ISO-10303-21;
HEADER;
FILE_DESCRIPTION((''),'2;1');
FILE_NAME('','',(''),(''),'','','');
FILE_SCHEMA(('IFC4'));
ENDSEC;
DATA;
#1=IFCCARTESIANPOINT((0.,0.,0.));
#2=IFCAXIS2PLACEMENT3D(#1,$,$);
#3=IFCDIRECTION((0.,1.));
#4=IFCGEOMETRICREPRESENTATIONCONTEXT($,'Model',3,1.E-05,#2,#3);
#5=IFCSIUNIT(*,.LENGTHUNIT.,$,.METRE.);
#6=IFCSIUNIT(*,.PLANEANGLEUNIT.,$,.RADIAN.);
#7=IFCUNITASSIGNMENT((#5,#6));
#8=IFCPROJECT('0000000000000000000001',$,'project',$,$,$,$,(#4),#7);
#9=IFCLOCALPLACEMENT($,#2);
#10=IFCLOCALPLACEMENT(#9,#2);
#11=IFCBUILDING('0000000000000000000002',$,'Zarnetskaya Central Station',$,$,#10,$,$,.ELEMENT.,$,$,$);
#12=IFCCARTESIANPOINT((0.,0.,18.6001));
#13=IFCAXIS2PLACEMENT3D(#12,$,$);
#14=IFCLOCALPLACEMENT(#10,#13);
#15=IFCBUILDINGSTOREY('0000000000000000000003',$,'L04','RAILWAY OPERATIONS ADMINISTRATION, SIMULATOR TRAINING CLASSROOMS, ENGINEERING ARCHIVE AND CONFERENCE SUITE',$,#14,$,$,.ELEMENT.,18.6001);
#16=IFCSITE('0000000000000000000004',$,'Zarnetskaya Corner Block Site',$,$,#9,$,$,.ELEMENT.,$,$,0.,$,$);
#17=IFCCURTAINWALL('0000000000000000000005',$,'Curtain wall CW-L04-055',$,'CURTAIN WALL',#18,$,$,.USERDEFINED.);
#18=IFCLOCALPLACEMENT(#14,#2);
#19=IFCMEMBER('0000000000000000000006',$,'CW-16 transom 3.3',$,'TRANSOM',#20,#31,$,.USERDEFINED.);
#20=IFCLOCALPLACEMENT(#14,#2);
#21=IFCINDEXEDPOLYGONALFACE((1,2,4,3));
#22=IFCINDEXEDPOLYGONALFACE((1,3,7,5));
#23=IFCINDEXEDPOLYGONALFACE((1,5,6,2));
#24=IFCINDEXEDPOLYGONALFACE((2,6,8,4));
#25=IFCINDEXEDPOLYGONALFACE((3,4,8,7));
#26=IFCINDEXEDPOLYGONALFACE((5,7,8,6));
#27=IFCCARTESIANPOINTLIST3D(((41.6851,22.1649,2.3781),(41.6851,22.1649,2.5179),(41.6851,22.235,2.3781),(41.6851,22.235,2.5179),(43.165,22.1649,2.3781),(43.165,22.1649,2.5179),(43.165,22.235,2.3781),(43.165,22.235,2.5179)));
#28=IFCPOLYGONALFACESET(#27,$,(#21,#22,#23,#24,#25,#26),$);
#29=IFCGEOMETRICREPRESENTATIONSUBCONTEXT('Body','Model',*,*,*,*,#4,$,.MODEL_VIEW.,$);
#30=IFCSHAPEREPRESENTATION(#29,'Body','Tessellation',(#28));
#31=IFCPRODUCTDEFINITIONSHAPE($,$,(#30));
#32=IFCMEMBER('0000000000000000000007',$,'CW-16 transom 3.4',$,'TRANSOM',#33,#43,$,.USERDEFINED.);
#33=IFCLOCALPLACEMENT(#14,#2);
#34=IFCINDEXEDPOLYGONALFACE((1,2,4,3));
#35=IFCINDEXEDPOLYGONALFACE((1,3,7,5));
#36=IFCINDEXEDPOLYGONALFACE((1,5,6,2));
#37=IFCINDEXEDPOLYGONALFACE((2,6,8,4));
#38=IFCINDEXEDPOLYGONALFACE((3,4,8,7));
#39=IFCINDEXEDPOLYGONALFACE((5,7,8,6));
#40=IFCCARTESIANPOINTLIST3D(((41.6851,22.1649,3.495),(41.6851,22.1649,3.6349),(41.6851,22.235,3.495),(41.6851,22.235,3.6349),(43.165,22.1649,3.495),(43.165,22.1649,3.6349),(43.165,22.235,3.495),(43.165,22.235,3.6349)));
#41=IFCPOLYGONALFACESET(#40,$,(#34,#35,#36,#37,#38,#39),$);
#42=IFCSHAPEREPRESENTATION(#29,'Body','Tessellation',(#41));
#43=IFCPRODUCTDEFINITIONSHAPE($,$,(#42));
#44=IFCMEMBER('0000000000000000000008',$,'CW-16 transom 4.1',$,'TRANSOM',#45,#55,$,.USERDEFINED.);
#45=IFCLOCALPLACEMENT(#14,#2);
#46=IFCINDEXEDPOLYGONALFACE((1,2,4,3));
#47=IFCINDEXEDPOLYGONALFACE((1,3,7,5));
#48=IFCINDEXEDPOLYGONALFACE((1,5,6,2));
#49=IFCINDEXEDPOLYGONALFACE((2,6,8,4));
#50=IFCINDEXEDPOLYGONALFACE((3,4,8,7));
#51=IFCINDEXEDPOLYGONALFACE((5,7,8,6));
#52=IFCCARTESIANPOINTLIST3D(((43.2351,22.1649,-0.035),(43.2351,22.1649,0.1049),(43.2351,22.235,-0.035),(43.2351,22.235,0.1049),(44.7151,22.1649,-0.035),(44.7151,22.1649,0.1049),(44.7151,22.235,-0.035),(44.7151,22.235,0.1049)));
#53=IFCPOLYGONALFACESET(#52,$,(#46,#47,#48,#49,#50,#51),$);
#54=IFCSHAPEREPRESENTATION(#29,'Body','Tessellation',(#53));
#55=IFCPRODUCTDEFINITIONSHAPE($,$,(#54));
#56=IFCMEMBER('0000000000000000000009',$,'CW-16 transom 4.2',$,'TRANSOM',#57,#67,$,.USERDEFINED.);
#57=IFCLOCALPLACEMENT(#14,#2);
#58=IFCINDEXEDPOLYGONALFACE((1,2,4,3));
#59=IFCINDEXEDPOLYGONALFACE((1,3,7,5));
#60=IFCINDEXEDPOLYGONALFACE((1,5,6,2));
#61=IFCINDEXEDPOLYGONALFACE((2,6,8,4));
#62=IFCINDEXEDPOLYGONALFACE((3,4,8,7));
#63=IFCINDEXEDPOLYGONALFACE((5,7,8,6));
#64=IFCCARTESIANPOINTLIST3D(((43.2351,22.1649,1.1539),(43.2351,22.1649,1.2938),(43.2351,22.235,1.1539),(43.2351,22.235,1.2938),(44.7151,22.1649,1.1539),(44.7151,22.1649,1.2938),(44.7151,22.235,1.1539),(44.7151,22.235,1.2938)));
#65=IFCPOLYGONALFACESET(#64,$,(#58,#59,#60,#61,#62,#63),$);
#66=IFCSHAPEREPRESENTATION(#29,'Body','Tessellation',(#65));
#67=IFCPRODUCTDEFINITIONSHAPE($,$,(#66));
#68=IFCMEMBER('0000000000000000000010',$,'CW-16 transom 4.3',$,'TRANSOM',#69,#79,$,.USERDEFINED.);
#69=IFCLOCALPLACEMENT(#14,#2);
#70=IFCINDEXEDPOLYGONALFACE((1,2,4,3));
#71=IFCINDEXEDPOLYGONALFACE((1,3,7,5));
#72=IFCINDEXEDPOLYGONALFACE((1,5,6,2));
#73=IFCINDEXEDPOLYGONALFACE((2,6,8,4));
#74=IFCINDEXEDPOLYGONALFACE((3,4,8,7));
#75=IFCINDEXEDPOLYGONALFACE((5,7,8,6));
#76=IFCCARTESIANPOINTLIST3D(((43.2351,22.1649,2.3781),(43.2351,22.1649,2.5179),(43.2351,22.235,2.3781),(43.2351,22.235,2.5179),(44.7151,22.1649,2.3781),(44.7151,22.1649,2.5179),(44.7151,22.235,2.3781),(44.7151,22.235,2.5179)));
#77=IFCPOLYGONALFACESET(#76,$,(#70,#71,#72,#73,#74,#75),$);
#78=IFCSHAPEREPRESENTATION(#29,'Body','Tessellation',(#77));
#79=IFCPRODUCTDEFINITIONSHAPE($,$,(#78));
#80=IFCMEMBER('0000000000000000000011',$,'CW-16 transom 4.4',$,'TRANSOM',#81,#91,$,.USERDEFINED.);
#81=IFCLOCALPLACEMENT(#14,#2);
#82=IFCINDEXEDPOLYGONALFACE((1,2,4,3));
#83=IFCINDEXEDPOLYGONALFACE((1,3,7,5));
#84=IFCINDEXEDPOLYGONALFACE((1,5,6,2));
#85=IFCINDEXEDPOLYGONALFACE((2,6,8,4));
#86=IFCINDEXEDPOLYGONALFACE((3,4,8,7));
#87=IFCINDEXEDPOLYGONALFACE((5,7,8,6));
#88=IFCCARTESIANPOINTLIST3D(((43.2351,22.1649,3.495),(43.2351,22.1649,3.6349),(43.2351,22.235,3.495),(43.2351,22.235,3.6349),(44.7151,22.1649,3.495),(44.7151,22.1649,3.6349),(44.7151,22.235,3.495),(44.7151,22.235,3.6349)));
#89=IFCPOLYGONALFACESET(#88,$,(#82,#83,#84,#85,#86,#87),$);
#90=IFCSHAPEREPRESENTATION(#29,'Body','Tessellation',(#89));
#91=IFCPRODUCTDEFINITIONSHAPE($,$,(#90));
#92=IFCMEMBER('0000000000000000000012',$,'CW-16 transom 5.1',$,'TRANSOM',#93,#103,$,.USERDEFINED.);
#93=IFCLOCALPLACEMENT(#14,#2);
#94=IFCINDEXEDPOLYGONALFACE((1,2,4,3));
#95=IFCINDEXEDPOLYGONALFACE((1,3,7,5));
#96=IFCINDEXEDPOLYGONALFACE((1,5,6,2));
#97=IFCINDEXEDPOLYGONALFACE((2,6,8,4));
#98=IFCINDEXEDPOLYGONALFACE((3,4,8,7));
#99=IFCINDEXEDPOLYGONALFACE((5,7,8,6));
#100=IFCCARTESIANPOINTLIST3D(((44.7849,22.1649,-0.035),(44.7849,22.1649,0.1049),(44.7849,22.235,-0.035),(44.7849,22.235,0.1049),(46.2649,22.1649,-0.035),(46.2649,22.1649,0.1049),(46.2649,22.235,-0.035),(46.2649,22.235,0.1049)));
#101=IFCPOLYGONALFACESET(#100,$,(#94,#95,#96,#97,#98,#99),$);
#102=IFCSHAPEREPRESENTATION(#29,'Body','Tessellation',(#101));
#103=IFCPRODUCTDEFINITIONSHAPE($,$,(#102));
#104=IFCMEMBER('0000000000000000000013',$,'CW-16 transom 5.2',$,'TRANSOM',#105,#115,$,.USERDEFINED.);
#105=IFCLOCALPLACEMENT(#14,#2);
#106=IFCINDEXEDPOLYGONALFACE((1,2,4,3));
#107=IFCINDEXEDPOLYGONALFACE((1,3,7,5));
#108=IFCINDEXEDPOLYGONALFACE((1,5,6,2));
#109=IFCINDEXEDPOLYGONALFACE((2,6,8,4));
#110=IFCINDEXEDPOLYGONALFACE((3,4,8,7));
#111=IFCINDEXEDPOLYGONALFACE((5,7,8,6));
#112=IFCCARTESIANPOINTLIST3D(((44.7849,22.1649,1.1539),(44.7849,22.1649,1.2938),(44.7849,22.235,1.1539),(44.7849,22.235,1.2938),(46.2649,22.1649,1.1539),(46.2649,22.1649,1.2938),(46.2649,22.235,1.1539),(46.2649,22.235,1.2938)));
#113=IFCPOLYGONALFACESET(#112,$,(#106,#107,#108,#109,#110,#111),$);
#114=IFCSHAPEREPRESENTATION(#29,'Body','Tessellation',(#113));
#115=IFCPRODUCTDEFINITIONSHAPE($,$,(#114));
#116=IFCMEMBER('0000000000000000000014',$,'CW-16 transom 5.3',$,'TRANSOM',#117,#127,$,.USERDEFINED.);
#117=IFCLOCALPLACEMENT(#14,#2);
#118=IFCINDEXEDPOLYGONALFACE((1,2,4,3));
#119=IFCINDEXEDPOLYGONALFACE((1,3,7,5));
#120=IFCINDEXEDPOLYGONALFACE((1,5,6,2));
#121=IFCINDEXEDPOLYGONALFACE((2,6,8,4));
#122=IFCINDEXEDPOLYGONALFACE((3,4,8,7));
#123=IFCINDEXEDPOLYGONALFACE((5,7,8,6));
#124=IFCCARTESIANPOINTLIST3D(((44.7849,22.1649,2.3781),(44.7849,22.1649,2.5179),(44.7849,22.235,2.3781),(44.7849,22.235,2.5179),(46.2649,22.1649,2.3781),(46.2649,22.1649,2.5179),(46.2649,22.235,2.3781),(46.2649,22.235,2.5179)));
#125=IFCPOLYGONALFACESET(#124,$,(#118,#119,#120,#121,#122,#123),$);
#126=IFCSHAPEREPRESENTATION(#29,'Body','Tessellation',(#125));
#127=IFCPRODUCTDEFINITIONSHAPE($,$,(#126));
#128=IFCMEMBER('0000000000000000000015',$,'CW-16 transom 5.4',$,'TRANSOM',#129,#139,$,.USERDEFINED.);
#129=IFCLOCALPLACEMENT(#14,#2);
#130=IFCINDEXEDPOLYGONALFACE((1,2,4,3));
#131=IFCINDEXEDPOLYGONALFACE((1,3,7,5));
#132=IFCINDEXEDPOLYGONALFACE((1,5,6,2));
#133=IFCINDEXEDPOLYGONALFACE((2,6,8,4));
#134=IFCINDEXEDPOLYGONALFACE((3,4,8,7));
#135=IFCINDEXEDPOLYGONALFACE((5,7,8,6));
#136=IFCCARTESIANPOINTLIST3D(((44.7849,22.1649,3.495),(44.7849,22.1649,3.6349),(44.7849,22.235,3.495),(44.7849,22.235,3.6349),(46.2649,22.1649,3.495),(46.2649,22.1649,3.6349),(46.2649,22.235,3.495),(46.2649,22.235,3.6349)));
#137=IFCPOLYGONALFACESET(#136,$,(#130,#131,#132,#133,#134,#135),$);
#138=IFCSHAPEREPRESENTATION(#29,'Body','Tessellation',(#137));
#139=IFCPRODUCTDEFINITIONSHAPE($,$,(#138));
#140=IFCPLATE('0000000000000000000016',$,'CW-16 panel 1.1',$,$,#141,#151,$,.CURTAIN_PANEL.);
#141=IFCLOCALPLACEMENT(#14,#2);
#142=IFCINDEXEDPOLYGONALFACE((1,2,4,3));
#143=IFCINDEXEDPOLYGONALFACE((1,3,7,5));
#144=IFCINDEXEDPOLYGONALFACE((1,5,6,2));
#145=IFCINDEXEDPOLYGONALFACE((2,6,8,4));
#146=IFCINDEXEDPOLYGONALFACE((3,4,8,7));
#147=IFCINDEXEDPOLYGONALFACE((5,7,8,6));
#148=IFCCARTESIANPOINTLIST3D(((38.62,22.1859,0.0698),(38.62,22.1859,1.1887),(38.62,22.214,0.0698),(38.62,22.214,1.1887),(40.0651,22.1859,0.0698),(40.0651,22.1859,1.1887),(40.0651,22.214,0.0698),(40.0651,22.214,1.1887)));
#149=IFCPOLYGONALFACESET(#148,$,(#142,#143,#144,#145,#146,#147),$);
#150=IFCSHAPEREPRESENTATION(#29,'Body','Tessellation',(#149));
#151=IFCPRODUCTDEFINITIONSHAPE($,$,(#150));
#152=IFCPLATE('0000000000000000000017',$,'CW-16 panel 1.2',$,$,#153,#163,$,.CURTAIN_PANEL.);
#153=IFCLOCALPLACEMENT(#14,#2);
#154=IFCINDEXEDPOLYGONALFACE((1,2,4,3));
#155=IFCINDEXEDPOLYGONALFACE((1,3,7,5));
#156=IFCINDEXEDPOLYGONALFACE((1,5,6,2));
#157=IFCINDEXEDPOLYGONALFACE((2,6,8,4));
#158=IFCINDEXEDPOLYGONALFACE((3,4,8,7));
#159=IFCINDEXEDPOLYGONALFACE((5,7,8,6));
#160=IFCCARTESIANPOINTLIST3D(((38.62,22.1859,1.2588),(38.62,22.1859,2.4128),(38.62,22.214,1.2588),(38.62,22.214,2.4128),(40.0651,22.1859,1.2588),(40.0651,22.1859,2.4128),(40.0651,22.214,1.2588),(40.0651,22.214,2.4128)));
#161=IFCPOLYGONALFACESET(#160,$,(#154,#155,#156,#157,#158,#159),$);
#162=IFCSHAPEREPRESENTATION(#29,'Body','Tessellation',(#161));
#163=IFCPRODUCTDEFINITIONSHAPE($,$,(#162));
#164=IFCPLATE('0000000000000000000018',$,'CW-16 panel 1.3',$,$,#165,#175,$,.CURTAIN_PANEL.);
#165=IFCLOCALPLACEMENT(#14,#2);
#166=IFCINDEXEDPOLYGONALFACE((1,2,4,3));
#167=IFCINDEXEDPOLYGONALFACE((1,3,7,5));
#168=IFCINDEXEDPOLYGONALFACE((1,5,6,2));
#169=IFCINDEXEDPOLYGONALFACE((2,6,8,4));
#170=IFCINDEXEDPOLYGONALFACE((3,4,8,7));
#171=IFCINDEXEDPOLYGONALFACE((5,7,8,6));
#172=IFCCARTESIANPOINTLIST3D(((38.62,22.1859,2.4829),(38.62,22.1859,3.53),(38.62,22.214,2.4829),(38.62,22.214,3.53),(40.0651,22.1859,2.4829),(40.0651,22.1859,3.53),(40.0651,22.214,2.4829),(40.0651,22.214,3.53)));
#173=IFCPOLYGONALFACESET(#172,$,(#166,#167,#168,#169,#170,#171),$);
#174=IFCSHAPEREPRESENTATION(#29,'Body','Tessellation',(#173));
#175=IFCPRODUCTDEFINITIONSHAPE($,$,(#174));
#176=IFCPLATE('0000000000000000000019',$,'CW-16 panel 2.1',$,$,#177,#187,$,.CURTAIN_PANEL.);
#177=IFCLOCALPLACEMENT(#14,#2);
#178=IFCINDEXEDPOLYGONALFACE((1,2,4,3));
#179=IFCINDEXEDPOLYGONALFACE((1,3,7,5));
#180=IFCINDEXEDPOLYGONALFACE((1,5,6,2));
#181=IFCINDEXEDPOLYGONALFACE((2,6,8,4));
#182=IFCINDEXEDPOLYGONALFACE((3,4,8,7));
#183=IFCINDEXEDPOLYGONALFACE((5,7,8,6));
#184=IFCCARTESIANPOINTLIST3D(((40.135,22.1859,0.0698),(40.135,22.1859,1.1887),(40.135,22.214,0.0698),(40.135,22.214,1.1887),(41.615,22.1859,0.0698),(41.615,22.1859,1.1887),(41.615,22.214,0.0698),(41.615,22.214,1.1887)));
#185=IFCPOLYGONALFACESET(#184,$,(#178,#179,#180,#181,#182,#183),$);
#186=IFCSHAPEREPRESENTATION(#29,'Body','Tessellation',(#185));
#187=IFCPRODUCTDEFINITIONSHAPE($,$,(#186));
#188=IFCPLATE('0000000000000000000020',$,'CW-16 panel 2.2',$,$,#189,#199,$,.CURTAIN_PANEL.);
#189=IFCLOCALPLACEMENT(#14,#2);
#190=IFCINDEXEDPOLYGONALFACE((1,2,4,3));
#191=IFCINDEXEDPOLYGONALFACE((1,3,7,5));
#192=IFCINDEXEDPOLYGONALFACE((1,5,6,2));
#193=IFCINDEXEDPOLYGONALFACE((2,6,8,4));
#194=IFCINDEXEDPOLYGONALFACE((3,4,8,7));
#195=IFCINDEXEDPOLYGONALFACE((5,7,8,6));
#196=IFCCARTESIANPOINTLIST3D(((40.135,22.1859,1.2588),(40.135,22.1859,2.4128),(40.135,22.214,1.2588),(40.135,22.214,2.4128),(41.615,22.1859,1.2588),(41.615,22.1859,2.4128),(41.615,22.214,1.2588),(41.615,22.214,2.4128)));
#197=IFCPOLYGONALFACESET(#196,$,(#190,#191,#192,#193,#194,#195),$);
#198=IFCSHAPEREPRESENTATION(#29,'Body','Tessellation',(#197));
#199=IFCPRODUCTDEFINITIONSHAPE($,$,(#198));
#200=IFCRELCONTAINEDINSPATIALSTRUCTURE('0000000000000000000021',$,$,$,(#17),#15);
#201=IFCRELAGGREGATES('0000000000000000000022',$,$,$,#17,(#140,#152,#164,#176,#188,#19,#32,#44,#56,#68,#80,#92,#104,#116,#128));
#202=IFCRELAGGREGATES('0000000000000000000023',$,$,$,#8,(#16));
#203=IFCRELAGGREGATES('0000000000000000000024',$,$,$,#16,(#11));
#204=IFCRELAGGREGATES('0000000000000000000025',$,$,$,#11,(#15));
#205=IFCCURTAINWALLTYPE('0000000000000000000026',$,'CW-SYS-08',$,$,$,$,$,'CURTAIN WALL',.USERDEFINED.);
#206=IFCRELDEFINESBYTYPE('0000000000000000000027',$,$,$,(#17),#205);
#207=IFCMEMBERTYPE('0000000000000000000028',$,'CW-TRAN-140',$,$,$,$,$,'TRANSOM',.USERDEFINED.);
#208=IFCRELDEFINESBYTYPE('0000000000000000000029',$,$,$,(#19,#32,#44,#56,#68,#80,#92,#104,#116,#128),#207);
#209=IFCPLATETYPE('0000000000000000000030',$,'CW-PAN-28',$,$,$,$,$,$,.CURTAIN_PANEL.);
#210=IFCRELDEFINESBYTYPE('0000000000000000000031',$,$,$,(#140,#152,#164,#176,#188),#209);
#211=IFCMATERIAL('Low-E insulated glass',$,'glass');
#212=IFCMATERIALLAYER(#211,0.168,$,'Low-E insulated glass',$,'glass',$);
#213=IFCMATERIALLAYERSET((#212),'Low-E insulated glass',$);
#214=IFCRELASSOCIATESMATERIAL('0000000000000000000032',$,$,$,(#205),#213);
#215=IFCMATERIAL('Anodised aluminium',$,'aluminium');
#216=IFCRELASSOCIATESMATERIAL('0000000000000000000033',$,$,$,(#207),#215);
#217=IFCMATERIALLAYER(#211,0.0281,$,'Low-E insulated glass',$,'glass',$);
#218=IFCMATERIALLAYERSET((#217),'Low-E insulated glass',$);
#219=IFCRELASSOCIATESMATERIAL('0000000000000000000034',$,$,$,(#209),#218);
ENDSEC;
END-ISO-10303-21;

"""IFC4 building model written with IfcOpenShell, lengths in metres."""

from ifc_helpers import new_model, si_unit, direction, frame, origin, origin_2d, place, context, subcontext, project, spatial, rectangle, extrude, material, layer, layer_set, material_profile, profile_set, type_object, element, aggregate, save


model = new_model("IFC4")

# Units and contexts
model_context = context("Model", 3, precision=1e-05, world=origin(), true_north=direction((0.0, 1.0)))
body_context = subcontext(model_context, "Body", "Model", "MODEL_VIEW")
ifc_project = project(units=[si_unit("LENGTHUNIT", "METRE"), si_unit("PLANEANGLEUNIT", "RADIAN")], contexts=[model_context])

# Site, building, storey
site_placement = place(None, origin())
site = spatial("IfcSite", under=ifc_project, at=site_placement, Name="Zarnetskaya Corner Block Site", CompositionType="ELEMENT", RefElevation=0.0)
building_placement = place(site_placement, origin())
building = spatial("IfcBuilding", under=site, at=building_placement, Name="Zarnetskaya Central Station", CompositionType="ELEMENT")
storey_placement = place(building_placement, frame((0.0, 0.0, 18.6001)))
storey = spatial("IfcBuildingStorey", under=building, at=storey_placement, Name="L04", Description="RAILWAY OPERATIONS ADMINISTRATION, SIMULATOR TRAINING CLASSROOMS, ENGINEERING ARCHIVE AND CONFERENCE SUITE", CompositionType="ELEMENT", Elevation=18.6001)

# Curtain wall, members, plates
ifc_material_1 = material(Name="Low-E insulated glass", Category="glass")
ifc_layer_1 = layer(ifc_material_1, 0.168, Name="Low-E insulated glass", Category="glass")
ifc_layer_set_1 = layer_set([ifc_layer_1], Name="Low-E insulated glass")
curtain_wall_type = type_object("IfcCurtainWallType", Name="CW-SYS-08", ElementType="CURTAIN WALL", PredefinedType="USERDEFINED", material=ifc_layer_set_1)
curtain_wall_placement = place(storey_placement, origin())
curtain_wall = element("IfcCurtainWall", 1, at=curtain_wall_placement, inside=storey, type_object=curtain_wall_type, Name="Curtain wall CW-L04-055", ObjectType="CURTAIN WALL", PredefinedType="USERDEFINED")
ifc_material_2 = material(Name="Anodised aluminium", Category="aluminium")
ifc_material_profile_1 = material_profile(ifc_material_2, rectangle(XDim=0.0701, YDim=0.1399, at=origin_2d()), Name="ALU TRAN 70x140")
ifc_profile_set_1 = profile_set([ifc_material_profile_1], Name="Anodised aluminium")
member_type_1 = type_object("IfcMemberType", Name="CW-TRAN-140", ElementType="TRANSOM", PredefinedType="USERDEFINED", material=ifc_profile_set_1)
member_1_placement = place(storey_placement, frame((41.6851, 22.2, 2.448), z_axis=(1.0, 0.0, 0.0), x_axis=(0.0, 1.0, 0.0)))
member_1 = element("IfcMember", 2, at=member_1_placement, type_object=member_type_1, Name="CW-16 transom 3.3", ObjectType="TRANSOM", PredefinedType="USERDEFINED", context=body_context, shape_type="SweptSolid", body=[
    extrude(rectangle(XDim=0.0701, YDim=0.1399, at=origin_2d()), origin(), (0.0, 0.0, 1.0), 1.48),
])
member_2_placement = place(storey_placement, frame((41.6851, 22.2, 3.5649), z_axis=(1.0, 0.0, 0.0), x_axis=(0.0, 1.0, 0.0)))
member_2 = element("IfcMember", 3, at=member_2_placement, type_object=member_type_1, Name="CW-16 transom 3.4", ObjectType="TRANSOM", PredefinedType="USERDEFINED", context=body_context, shape_type="SweptSolid", body=[
    extrude(rectangle(XDim=0.0701, YDim=0.1399, at=origin_2d()), origin(), (0.0, 0.0, 1.0), 1.48),
])
member_3_placement = place(storey_placement, frame((43.2351, 22.2, 0.0349), z_axis=(1.0, 0.0, 0.0), x_axis=(0.0, 1.0, 0.0)))
member_3 = element("IfcMember", 4, at=member_3_placement, type_object=member_type_1, Name="CW-16 transom 4.1", ObjectType="TRANSOM", PredefinedType="USERDEFINED", context=body_context, shape_type="SweptSolid", body=[
    extrude(rectangle(XDim=0.0701, YDim=0.1399, at=origin_2d()), origin(), (0.0, 0.0, 1.0), 1.48),
])
member_4_placement = place(storey_placement, frame((43.2351, 22.2, 1.2239), z_axis=(1.0, 0.0, 0.0), x_axis=(0.0, 1.0, 0.0)))
member_4 = element("IfcMember", 5, at=member_4_placement, type_object=member_type_1, Name="CW-16 transom 4.2", ObjectType="TRANSOM", PredefinedType="USERDEFINED", context=body_context, shape_type="SweptSolid", body=[
    extrude(rectangle(XDim=0.0701, YDim=0.1399, at=origin_2d()), origin(), (0.0, 0.0, 1.0), 1.48),
])
member_5_placement = place(storey_placement, frame((43.2351, 22.2, 2.448), z_axis=(1.0, 0.0, 0.0), x_axis=(0.0, 1.0, 0.0)))
member_5 = element("IfcMember", 6, at=member_5_placement, type_object=member_type_1, Name="CW-16 transom 4.3", ObjectType="TRANSOM", PredefinedType="USERDEFINED", context=body_context, shape_type="SweptSolid", body=[
    extrude(rectangle(XDim=0.0701, YDim=0.1399, at=origin_2d()), origin(), (0.0, 0.0, 1.0), 1.48),
])
member_6_placement = place(storey_placement, frame((43.2351, 22.2, 3.5649), z_axis=(1.0, 0.0, 0.0), x_axis=(0.0, 1.0, 0.0)))
member_6 = element("IfcMember", 7, at=member_6_placement, type_object=member_type_1, Name="CW-16 transom 4.4", ObjectType="TRANSOM", PredefinedType="USERDEFINED", context=body_context, shape_type="SweptSolid", body=[
    extrude(rectangle(XDim=0.0701, YDim=0.1399, at=origin_2d()), origin(), (0.0, 0.0, 1.0), 1.48),
])
member_7_placement = place(storey_placement, frame((44.7849, 22.2, 0.0349), z_axis=(1.0, 0.0, 0.0), x_axis=(0.0, 1.0, 0.0)))
member_7 = element("IfcMember", 8, at=member_7_placement, type_object=member_type_1, Name="CW-16 transom 5.1", ObjectType="TRANSOM", PredefinedType="USERDEFINED", context=body_context, shape_type="SweptSolid", body=[
    extrude(rectangle(XDim=0.0701, YDim=0.1399, at=origin_2d()), origin(), (0.0, 0.0, 1.0), 1.48),
])
member_8_placement = place(storey_placement, frame((44.7849, 22.2, 1.2239), z_axis=(1.0, 0.0, 0.0), x_axis=(0.0, 1.0, 0.0)))
member_8 = element("IfcMember", 9, at=member_8_placement, type_object=member_type_1, Name="CW-16 transom 5.2", ObjectType="TRANSOM", PredefinedType="USERDEFINED", context=body_context, shape_type="SweptSolid", body=[
    extrude(rectangle(XDim=0.0701, YDim=0.1399, at=origin_2d()), origin(), (0.0, 0.0, 1.0), 1.48),
])
member_9_placement = place(storey_placement, frame((44.7849, 22.2, 2.448), z_axis=(1.0, 0.0, 0.0), x_axis=(0.0, 1.0, 0.0)))
member_9 = element("IfcMember", 10, at=member_9_placement, type_object=member_type_1, Name="CW-16 transom 5.3", ObjectType="TRANSOM", PredefinedType="USERDEFINED", context=body_context, shape_type="SweptSolid", body=[
    extrude(rectangle(XDim=0.0701, YDim=0.1399, at=origin_2d()), origin(), (0.0, 0.0, 1.0), 1.48),
])
member_10_placement = place(storey_placement, frame((44.7849, 22.2, 3.5649), z_axis=(1.0, 0.0, 0.0), x_axis=(0.0, 1.0, 0.0)))
member_10 = element("IfcMember", 11, at=member_10_placement, type_object=member_type_1, Name="CW-16 transom 5.4", ObjectType="TRANSOM", PredefinedType="USERDEFINED", context=body_context, shape_type="SweptSolid", body=[
    extrude(rectangle(XDim=0.0701, YDim=0.1399, at=origin_2d()), origin(), (0.0, 0.0, 1.0), 1.48),
])
ifc_layer_2 = layer(ifc_material_1, 0.0281, Name="Low-E insulated glass", Category="glass")
ifc_layer_set_2 = layer_set([ifc_layer_2], Name="Low-E insulated glass")
plate_type = type_object("IfcPlateType", Name="CW-PAN-28", PredefinedType="CURTAIN_PANEL", material=ifc_layer_set_2)
plate_1_placement = place(storey_placement, frame((39.3425, 22.2, 0.0698), z_axis=(0.0, 0.0, 1.0), x_axis=(1.0, 0.0, 0.0)))
plate_1 = element("IfcPlate", 12, at=plate_1_placement, type_object=plate_type, Name="CW-16 panel 1.1", PredefinedType="CURTAIN_PANEL", context=body_context, shape_type="SweptSolid", body=[
    extrude(rectangle(XDim=1.4451, YDim=0.0281, at=origin_2d()), origin(), (0.0, 0.0, 1.0), 1.1189),
])
plate_2_placement = place(storey_placement, frame((39.3425, 22.2, 1.2588), z_axis=(0.0, 0.0, 1.0), x_axis=(1.0, 0.0, 0.0)))
plate_2 = element("IfcPlate", 13, at=plate_2_placement, type_object=plate_type, Name="CW-16 panel 1.2", PredefinedType="CURTAIN_PANEL", context=body_context, shape_type="SweptSolid", body=[
    extrude(rectangle(XDim=1.4451, YDim=0.0281, at=origin_2d()), origin(), (0.0, 0.0, 1.0), 1.1541),
])
plate_3_placement = place(storey_placement, frame((39.3425, 22.2, 2.4829), z_axis=(0.0, 0.0, 1.0), x_axis=(1.0, 0.0, 0.0)))
plate_3 = element("IfcPlate", 14, at=plate_3_placement, type_object=plate_type, Name="CW-16 panel 1.3", PredefinedType="CURTAIN_PANEL", context=body_context, shape_type="SweptSolid", body=[
    extrude(rectangle(XDim=1.4451, YDim=0.0281, at=origin_2d()), origin(), (0.0, 0.0, 1.0), 1.0471),
])
plate_4_placement = place(storey_placement, frame((40.875, 22.2, 0.0698), z_axis=(0.0, 0.0, 1.0), x_axis=(1.0, 0.0, 0.0)))
plate_4 = element("IfcPlate", 15, at=plate_4_placement, type_object=plate_type, Name="CW-16 panel 2.1", PredefinedType="CURTAIN_PANEL", context=body_context, shape_type="SweptSolid", body=[
    extrude(rectangle(XDim=1.48, YDim=0.0281, at=origin_2d()), origin(), (0.0, 0.0, 1.0), 1.1189),
])
plate_5_placement = place(storey_placement, frame((40.875, 22.2, 1.2588), z_axis=(0.0, 0.0, 1.0), x_axis=(1.0, 0.0, 0.0)))
plate_5 = element("IfcPlate", 16, at=plate_5_placement, type_object=plate_type, Name="CW-16 panel 2.2", PredefinedType="CURTAIN_PANEL", context=body_context, shape_type="SweptSolid", body=[
    extrude(rectangle(XDim=1.48, YDim=0.0281, at=origin_2d()), origin(), (0.0, 0.0, 1.0), 1.1541),
])
aggregate(curtain_wall, [plate_1, plate_2, plate_3, plate_4, plate_5, member_1, member_2, member_3, member_4, member_5, member_6, member_7, member_8, member_9, member_10])

save(model, "model.ifc")
